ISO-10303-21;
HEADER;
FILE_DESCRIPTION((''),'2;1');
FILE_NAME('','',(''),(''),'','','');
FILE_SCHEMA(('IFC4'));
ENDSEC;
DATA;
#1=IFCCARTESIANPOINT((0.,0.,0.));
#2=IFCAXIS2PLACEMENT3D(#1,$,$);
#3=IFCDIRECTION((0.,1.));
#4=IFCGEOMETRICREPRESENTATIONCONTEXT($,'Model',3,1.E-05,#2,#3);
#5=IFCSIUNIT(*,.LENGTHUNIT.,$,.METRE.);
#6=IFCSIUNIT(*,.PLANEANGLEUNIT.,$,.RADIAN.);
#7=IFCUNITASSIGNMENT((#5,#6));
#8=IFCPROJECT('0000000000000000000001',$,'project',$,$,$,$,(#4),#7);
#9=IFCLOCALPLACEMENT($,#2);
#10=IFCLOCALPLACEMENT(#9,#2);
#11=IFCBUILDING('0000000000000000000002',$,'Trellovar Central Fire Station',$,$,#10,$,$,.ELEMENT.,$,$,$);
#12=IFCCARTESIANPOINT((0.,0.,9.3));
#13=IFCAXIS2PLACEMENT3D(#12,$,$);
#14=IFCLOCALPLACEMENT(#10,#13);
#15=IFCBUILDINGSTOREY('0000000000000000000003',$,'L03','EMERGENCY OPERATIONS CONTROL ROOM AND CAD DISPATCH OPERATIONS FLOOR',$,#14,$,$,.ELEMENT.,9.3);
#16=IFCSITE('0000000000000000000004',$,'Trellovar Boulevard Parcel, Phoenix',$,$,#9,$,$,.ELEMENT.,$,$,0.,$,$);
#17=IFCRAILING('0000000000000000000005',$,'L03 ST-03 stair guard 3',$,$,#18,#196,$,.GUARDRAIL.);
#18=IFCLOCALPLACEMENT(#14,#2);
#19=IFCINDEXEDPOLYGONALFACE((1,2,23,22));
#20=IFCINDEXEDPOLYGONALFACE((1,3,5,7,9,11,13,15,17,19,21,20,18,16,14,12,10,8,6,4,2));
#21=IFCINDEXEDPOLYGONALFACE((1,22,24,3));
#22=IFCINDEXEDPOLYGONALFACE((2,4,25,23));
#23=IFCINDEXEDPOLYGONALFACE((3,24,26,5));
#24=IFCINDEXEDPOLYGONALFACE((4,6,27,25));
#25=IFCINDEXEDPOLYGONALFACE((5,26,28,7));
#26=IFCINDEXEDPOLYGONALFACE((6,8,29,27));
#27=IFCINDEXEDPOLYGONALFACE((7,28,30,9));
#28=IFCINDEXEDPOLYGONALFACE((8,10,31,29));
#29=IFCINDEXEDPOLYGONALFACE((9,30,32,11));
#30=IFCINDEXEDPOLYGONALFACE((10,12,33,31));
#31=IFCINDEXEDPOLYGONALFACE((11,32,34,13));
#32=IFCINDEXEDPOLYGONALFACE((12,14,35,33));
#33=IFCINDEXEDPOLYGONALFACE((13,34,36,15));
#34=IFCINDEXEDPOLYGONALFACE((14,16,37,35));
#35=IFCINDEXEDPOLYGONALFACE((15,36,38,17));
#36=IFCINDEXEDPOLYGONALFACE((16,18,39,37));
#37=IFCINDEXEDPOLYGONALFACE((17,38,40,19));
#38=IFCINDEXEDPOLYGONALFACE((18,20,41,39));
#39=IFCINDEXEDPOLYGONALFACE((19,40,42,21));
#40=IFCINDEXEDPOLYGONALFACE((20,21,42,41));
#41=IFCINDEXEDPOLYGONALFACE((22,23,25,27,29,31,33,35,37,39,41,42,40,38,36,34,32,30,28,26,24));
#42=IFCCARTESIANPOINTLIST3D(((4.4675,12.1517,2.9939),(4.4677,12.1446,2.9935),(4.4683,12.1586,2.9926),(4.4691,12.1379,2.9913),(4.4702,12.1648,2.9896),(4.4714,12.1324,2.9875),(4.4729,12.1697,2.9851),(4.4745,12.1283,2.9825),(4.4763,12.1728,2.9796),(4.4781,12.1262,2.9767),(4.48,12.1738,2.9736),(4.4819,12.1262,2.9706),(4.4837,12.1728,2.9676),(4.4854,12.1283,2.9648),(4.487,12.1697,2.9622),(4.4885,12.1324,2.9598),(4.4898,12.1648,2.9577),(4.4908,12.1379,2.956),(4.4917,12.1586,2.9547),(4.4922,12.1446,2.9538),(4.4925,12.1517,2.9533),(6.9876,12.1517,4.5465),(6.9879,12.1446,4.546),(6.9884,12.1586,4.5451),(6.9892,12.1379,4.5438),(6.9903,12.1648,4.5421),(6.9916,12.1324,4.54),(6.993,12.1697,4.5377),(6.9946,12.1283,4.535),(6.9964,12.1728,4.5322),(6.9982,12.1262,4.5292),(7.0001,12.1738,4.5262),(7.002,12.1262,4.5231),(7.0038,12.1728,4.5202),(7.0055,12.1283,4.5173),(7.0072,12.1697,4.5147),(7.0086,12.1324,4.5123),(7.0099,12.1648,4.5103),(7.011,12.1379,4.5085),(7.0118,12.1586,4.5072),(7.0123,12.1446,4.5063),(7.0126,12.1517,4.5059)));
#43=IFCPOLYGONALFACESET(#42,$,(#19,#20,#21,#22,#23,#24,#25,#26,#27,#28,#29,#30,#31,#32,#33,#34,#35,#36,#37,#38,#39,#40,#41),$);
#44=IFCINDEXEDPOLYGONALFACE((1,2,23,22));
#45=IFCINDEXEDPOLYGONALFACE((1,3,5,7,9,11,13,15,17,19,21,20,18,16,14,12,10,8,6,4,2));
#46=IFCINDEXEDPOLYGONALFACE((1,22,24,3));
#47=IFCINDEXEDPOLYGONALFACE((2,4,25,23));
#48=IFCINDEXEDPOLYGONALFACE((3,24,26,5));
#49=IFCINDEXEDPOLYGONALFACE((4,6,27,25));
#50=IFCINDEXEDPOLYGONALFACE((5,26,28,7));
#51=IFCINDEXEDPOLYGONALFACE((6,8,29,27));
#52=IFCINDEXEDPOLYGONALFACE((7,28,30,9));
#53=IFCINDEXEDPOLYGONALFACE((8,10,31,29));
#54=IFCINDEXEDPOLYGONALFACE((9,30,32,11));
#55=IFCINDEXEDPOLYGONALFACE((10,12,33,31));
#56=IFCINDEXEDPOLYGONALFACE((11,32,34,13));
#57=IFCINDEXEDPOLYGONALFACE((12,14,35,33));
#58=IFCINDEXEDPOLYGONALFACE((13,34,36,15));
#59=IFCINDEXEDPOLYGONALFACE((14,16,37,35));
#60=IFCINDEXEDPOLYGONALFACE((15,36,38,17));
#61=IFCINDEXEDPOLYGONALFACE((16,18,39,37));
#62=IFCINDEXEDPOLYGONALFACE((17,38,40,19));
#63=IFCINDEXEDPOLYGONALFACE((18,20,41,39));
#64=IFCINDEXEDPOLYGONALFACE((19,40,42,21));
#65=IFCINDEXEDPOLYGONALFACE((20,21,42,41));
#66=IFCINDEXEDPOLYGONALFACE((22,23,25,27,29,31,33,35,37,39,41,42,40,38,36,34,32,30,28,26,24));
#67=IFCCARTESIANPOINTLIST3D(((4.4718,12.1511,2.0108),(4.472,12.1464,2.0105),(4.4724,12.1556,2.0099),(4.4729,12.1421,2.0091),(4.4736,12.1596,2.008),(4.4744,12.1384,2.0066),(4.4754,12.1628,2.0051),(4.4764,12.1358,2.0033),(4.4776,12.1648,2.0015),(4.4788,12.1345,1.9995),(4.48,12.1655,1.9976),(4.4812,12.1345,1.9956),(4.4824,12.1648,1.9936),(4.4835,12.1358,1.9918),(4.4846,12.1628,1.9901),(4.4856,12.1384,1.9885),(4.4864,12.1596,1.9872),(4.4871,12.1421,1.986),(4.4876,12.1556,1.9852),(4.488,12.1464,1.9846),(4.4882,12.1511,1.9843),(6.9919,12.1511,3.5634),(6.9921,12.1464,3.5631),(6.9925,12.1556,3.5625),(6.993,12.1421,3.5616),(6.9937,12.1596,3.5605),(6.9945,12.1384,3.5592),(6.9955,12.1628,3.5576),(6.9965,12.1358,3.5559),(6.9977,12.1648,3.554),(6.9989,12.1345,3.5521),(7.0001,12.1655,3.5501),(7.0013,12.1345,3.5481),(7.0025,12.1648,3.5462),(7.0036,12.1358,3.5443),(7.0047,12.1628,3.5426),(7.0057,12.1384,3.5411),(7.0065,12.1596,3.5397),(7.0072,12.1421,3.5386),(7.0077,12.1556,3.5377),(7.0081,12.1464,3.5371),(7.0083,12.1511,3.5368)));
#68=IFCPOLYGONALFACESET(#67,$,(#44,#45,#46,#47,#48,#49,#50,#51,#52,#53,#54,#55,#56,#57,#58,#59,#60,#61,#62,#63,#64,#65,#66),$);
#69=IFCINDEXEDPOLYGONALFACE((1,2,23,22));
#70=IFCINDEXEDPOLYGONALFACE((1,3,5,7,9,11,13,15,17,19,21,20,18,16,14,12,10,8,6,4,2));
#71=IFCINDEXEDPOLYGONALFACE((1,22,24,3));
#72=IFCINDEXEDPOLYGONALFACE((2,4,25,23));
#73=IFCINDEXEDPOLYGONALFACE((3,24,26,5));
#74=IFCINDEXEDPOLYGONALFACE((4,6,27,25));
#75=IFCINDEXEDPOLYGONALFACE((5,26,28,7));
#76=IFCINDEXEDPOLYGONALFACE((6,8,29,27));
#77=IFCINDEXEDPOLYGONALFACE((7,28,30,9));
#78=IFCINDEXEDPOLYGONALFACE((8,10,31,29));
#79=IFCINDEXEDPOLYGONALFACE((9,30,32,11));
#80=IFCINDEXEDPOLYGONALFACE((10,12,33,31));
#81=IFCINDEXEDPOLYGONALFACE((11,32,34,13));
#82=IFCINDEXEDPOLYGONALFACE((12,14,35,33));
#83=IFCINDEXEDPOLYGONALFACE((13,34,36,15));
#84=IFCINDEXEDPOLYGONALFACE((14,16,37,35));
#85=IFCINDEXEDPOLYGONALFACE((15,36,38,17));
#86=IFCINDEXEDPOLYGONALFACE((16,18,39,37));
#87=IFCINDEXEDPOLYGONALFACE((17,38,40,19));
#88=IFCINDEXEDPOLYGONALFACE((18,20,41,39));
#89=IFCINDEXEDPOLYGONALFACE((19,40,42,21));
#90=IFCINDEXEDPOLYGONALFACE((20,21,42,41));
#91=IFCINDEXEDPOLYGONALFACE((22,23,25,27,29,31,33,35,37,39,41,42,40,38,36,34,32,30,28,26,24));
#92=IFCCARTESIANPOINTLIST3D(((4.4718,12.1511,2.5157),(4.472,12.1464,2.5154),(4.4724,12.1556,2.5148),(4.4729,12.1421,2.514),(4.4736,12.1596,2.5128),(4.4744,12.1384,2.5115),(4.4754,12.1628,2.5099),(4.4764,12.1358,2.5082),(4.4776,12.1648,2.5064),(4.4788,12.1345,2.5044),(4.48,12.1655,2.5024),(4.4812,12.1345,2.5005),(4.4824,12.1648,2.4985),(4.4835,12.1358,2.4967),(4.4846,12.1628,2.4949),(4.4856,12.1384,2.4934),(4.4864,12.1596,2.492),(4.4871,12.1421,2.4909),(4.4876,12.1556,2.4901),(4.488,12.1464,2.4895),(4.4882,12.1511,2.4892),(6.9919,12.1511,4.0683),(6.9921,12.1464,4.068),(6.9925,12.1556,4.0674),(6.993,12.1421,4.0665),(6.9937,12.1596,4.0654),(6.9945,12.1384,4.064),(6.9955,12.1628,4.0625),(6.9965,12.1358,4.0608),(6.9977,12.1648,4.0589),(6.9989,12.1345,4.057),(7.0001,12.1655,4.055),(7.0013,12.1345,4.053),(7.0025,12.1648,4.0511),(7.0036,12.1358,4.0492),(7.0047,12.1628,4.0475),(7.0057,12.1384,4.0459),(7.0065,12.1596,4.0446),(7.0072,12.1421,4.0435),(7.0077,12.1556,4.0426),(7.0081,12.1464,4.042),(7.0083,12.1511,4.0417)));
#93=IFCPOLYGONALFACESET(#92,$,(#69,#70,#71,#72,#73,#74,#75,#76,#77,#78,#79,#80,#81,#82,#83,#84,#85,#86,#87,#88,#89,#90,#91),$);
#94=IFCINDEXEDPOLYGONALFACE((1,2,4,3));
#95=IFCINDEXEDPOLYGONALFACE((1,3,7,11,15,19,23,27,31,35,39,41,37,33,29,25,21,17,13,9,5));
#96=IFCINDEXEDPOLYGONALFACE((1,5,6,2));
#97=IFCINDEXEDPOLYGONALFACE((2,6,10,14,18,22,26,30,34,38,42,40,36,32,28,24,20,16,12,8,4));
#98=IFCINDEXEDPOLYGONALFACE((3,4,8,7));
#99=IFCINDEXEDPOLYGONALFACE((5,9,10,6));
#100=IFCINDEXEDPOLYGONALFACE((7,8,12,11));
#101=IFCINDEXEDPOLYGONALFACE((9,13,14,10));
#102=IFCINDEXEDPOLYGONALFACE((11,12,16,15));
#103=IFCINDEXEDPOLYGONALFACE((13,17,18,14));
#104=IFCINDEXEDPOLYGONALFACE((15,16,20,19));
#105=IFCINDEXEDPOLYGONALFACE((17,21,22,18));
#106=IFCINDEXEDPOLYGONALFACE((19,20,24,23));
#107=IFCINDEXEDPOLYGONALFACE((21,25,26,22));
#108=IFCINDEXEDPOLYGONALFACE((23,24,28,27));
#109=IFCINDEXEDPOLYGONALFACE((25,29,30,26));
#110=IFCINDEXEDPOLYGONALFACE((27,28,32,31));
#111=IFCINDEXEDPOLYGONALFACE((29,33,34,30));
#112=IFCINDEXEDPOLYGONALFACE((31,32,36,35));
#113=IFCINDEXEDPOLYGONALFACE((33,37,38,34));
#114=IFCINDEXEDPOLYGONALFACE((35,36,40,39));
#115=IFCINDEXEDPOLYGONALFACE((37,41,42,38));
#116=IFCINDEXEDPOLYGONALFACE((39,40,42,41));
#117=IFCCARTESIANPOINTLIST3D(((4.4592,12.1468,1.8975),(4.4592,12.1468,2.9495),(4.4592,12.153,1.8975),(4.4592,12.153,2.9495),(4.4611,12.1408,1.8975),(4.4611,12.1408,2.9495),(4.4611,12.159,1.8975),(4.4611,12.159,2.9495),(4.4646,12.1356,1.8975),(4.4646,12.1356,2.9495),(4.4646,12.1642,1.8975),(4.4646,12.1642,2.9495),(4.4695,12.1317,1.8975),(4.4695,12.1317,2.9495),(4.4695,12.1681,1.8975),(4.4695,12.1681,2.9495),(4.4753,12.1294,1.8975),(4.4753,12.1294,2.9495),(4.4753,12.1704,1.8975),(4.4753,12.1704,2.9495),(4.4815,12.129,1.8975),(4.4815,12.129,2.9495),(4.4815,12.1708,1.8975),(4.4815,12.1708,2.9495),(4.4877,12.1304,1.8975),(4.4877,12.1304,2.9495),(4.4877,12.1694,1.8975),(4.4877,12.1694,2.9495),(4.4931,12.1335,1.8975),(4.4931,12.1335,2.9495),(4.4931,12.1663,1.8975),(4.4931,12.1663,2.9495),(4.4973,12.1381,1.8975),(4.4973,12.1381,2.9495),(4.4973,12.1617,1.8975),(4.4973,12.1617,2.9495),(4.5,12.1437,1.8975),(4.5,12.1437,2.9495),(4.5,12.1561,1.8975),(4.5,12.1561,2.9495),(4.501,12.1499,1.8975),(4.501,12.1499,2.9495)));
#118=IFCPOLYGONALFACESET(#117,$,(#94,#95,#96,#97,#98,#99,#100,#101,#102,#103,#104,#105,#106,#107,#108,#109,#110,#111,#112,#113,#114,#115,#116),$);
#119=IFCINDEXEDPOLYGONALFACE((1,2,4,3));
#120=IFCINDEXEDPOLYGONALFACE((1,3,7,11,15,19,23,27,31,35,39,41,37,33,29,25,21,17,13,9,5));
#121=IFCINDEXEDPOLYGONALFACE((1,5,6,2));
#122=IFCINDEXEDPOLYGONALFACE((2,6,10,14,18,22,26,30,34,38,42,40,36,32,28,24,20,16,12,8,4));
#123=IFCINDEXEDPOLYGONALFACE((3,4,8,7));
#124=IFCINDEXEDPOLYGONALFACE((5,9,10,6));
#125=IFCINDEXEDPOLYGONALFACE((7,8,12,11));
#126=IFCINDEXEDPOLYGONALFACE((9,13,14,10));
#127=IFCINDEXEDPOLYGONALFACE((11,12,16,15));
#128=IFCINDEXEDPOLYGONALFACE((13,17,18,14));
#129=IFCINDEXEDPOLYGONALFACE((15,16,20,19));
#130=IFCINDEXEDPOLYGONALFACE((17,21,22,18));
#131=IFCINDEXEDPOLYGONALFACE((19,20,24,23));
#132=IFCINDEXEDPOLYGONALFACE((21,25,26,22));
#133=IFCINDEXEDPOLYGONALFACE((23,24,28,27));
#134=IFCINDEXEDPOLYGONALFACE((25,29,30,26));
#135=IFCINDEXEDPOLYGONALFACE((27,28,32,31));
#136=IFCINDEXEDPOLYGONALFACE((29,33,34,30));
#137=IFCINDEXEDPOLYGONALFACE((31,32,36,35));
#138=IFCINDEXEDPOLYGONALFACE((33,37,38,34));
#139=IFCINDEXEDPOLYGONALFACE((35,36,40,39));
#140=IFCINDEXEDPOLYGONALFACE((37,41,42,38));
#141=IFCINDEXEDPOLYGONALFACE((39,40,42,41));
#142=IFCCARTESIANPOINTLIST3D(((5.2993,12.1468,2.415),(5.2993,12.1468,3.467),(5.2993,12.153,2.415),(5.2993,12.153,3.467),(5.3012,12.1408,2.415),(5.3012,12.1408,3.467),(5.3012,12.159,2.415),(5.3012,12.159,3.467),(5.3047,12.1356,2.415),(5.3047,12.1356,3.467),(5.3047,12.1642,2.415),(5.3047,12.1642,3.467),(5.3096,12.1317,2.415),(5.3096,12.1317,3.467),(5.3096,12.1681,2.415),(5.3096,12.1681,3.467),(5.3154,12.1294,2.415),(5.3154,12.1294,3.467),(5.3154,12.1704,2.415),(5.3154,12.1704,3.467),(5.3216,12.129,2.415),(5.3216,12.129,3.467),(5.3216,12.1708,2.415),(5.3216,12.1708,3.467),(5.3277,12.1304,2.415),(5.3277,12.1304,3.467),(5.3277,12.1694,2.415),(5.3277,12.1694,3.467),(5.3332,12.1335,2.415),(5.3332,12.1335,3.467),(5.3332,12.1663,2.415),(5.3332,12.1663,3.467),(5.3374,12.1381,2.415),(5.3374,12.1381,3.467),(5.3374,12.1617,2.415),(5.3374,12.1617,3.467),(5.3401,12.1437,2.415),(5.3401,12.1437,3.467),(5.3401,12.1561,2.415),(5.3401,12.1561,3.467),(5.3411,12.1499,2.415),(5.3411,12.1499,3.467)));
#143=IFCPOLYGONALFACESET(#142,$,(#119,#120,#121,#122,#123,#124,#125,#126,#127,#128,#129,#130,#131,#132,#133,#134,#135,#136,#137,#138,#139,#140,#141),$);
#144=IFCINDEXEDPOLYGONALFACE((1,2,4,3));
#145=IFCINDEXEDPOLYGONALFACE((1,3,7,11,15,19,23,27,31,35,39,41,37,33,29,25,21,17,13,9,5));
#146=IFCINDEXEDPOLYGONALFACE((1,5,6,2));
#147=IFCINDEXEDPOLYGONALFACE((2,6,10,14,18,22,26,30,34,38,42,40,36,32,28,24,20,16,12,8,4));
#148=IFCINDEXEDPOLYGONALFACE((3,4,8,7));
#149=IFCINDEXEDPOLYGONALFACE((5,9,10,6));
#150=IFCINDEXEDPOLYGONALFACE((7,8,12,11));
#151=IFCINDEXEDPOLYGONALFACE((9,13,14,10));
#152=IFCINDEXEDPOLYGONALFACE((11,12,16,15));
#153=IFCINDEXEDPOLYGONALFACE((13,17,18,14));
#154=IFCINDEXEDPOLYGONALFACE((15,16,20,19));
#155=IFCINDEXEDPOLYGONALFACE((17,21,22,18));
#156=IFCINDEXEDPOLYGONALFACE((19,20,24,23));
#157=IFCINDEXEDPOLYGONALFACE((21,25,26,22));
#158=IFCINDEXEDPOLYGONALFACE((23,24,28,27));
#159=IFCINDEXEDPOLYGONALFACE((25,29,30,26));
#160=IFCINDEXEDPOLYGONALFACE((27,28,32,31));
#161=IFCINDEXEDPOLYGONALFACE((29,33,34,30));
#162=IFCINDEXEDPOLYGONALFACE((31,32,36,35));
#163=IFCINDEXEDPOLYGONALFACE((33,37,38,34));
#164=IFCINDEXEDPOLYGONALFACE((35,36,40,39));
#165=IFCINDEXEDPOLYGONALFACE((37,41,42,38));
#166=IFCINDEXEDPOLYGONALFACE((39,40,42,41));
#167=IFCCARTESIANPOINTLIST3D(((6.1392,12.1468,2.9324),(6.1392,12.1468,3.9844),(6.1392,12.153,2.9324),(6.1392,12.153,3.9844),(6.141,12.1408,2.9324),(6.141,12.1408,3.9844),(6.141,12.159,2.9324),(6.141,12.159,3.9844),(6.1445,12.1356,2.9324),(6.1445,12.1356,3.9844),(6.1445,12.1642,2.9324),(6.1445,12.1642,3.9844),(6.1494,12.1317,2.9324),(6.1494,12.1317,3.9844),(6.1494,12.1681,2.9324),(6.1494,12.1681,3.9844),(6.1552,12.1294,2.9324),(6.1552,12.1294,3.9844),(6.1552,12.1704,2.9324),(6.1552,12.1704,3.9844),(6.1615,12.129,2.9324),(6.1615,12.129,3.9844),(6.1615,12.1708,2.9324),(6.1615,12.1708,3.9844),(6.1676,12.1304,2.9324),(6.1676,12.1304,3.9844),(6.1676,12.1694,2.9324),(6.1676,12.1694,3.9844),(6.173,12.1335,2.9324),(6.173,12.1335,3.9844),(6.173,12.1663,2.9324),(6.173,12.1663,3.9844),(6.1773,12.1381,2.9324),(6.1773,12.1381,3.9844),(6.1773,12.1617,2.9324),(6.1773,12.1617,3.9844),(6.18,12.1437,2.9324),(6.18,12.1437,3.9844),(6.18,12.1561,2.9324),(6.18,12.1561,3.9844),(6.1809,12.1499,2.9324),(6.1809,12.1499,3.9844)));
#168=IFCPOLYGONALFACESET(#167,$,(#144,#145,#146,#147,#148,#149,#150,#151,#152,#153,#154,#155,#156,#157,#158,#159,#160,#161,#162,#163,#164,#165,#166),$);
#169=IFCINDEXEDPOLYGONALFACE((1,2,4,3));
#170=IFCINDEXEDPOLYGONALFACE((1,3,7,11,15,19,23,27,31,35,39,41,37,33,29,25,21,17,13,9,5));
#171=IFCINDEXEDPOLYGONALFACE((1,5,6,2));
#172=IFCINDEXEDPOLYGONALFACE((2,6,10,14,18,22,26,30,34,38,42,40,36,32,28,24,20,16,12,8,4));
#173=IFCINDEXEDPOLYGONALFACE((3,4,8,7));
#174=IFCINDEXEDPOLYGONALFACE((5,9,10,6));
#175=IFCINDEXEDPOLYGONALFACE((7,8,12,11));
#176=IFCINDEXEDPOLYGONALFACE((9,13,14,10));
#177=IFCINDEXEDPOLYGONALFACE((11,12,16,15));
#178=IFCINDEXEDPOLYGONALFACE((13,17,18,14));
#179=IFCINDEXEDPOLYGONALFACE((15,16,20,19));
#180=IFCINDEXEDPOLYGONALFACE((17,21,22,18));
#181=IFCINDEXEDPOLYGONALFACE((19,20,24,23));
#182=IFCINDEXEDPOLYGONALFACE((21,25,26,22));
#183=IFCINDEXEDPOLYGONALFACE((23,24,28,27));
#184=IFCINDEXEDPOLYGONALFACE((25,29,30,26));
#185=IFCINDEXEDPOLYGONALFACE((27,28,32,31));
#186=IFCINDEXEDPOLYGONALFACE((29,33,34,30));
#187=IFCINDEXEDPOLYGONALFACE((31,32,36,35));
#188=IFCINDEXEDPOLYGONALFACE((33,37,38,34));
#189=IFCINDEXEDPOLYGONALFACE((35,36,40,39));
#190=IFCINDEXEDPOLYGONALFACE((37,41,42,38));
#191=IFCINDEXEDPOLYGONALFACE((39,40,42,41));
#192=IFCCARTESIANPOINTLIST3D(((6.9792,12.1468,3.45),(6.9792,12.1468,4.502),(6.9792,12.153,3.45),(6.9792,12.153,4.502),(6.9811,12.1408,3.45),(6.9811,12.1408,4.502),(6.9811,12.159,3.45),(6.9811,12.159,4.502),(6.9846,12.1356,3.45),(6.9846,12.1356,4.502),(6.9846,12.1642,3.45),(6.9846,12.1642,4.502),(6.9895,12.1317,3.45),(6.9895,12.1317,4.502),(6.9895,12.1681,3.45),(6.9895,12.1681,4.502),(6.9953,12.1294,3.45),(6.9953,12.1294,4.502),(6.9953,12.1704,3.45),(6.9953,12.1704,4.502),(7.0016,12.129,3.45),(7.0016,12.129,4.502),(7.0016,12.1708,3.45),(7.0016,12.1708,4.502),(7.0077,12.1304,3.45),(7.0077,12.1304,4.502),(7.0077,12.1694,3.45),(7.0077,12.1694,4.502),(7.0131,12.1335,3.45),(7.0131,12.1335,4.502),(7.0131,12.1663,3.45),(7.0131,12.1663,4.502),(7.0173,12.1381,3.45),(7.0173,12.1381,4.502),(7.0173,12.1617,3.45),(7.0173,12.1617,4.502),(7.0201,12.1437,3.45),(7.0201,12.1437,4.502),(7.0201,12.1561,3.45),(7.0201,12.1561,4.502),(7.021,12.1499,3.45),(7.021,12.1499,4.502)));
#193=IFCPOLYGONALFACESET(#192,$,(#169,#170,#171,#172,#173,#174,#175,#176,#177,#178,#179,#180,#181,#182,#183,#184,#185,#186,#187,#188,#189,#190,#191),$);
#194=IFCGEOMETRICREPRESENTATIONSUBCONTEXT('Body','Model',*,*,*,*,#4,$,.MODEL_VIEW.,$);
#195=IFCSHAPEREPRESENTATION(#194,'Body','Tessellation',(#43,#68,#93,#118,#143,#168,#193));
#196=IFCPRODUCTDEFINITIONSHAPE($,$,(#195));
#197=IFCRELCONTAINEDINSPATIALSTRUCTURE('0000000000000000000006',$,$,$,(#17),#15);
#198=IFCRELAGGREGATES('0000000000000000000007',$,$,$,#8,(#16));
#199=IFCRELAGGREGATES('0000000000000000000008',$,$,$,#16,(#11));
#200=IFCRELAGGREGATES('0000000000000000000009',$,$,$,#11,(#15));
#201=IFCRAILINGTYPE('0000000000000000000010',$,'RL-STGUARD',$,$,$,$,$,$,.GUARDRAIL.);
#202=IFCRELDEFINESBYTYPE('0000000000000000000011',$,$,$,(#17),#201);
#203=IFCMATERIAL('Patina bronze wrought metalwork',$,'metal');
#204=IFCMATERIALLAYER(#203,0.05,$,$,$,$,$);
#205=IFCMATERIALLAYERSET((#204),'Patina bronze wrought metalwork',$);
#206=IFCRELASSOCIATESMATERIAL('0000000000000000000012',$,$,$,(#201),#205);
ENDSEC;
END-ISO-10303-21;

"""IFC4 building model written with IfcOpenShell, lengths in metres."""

from ifc_helpers import new_model, si_unit, direction, frame, origin, origin_2d, place, context, subcontext, project, spatial, circle, extrude, material, layer, layer_set, type_object, element, save


model = new_model("IFC4")

# Units and contexts
model_context = context("Model", 3, precision=1e-05, world=origin(), true_north=direction((0.0, 1.0)))
body_context = subcontext(model_context, "Body", "Model", "MODEL_VIEW")
ifc_project = project(units=[si_unit("LENGTHUNIT", "METRE"), si_unit("PLANEANGLEUNIT", "RADIAN")], contexts=[model_context])

# Site, building, storey
site_placement = place(None, origin())
site = spatial("IfcSite", under=ifc_project, at=site_placement, Name="Trellovar Boulevard Parcel, Phoenix", CompositionType="ELEMENT", RefElevation=0.0)
building_placement = place(site_placement, origin())
building = spatial("IfcBuilding", under=site, at=building_placement, Name="Trellovar Central Fire Station", CompositionType="ELEMENT")
storey_placement = place(building_placement, frame((0.0, 0.0, 9.3)))
storey = spatial("IfcBuildingStorey", under=building, at=storey_placement, Name="L03", Description="EMERGENCY OPERATIONS CONTROL ROOM AND CAD DISPATCH OPERATIONS FLOOR", CompositionType="ELEMENT", Elevation=9.3)

# Railing
ifc_material_1 = material(Name="Patina bronze wrought metalwork", Category="metal")
ifc_layer_1 = layer(ifc_material_1, 0.05)
ifc_layer_set_1 = layer_set([ifc_layer_1], Name="Patina bronze wrought metalwork")
railing_type_1 = type_object("IfcRailingType", Name="RL-STGUARD", PredefinedType="GUARDRAIL", material=ifc_layer_set_1)
railing_1_placement = place(storey_placement, frame((4.48, 12.1499, 1.8975)))
element("IfcRailing", 1, at=railing_1_placement, inside=storey, type_object=railing_type_1, Name="L03 ST-03 stair guard 3", PredefinedType="GUARDRAIL", context=body_context, shape_type="SweptSolid", body=[
    extrude(circle(Radius=0.0239, at=origin_2d()), frame((0.0, 0.0, 1.0762), z_axis=(0.8514, 0.0, 0.524516), x_axis=(0.0, 1.0, 0.0)), (0.0, 0.0, 1.0), 2.96),
    extrude(circle(Radius=0.0156, at=origin_2d()), frame((0.0, 0.0, 0.1001), z_axis=(0.8514, 0.0, 0.524516), x_axis=(0.0, 1.0, 0.0)), (0.0, 0.0, 1.0), 2.96),
    extrude(circle(Radius=0.0156, at=origin_2d()), frame((0.0, 0.0, 0.605), z_axis=(0.8514, 0.0, 0.524516), x_axis=(0.0, 1.0, 0.0)), (0.0, 0.0, 1.0), 2.96),
    extrude(circle(Radius=0.021, at=origin_2d()), origin(), (0.0, 0.0, 1.0), 1.052),
    extrude(circle(Radius=0.021, at=origin_2d()), frame((0.8401, 0.0, 0.5176)), (0.0, 0.0, 1.0), 1.052),
    extrude(circle(Radius=0.021, at=origin_2d()), frame((1.6799, 0.0, 1.0349)), (0.0, 0.0, 1.0), 1.052),
    extrude(circle(Radius=0.021, at=origin_2d()), frame((2.52, 0.0, 1.5525)), (0.0, 0.0, 1.0), 1.052),
])

save(model, "model.ifc")
